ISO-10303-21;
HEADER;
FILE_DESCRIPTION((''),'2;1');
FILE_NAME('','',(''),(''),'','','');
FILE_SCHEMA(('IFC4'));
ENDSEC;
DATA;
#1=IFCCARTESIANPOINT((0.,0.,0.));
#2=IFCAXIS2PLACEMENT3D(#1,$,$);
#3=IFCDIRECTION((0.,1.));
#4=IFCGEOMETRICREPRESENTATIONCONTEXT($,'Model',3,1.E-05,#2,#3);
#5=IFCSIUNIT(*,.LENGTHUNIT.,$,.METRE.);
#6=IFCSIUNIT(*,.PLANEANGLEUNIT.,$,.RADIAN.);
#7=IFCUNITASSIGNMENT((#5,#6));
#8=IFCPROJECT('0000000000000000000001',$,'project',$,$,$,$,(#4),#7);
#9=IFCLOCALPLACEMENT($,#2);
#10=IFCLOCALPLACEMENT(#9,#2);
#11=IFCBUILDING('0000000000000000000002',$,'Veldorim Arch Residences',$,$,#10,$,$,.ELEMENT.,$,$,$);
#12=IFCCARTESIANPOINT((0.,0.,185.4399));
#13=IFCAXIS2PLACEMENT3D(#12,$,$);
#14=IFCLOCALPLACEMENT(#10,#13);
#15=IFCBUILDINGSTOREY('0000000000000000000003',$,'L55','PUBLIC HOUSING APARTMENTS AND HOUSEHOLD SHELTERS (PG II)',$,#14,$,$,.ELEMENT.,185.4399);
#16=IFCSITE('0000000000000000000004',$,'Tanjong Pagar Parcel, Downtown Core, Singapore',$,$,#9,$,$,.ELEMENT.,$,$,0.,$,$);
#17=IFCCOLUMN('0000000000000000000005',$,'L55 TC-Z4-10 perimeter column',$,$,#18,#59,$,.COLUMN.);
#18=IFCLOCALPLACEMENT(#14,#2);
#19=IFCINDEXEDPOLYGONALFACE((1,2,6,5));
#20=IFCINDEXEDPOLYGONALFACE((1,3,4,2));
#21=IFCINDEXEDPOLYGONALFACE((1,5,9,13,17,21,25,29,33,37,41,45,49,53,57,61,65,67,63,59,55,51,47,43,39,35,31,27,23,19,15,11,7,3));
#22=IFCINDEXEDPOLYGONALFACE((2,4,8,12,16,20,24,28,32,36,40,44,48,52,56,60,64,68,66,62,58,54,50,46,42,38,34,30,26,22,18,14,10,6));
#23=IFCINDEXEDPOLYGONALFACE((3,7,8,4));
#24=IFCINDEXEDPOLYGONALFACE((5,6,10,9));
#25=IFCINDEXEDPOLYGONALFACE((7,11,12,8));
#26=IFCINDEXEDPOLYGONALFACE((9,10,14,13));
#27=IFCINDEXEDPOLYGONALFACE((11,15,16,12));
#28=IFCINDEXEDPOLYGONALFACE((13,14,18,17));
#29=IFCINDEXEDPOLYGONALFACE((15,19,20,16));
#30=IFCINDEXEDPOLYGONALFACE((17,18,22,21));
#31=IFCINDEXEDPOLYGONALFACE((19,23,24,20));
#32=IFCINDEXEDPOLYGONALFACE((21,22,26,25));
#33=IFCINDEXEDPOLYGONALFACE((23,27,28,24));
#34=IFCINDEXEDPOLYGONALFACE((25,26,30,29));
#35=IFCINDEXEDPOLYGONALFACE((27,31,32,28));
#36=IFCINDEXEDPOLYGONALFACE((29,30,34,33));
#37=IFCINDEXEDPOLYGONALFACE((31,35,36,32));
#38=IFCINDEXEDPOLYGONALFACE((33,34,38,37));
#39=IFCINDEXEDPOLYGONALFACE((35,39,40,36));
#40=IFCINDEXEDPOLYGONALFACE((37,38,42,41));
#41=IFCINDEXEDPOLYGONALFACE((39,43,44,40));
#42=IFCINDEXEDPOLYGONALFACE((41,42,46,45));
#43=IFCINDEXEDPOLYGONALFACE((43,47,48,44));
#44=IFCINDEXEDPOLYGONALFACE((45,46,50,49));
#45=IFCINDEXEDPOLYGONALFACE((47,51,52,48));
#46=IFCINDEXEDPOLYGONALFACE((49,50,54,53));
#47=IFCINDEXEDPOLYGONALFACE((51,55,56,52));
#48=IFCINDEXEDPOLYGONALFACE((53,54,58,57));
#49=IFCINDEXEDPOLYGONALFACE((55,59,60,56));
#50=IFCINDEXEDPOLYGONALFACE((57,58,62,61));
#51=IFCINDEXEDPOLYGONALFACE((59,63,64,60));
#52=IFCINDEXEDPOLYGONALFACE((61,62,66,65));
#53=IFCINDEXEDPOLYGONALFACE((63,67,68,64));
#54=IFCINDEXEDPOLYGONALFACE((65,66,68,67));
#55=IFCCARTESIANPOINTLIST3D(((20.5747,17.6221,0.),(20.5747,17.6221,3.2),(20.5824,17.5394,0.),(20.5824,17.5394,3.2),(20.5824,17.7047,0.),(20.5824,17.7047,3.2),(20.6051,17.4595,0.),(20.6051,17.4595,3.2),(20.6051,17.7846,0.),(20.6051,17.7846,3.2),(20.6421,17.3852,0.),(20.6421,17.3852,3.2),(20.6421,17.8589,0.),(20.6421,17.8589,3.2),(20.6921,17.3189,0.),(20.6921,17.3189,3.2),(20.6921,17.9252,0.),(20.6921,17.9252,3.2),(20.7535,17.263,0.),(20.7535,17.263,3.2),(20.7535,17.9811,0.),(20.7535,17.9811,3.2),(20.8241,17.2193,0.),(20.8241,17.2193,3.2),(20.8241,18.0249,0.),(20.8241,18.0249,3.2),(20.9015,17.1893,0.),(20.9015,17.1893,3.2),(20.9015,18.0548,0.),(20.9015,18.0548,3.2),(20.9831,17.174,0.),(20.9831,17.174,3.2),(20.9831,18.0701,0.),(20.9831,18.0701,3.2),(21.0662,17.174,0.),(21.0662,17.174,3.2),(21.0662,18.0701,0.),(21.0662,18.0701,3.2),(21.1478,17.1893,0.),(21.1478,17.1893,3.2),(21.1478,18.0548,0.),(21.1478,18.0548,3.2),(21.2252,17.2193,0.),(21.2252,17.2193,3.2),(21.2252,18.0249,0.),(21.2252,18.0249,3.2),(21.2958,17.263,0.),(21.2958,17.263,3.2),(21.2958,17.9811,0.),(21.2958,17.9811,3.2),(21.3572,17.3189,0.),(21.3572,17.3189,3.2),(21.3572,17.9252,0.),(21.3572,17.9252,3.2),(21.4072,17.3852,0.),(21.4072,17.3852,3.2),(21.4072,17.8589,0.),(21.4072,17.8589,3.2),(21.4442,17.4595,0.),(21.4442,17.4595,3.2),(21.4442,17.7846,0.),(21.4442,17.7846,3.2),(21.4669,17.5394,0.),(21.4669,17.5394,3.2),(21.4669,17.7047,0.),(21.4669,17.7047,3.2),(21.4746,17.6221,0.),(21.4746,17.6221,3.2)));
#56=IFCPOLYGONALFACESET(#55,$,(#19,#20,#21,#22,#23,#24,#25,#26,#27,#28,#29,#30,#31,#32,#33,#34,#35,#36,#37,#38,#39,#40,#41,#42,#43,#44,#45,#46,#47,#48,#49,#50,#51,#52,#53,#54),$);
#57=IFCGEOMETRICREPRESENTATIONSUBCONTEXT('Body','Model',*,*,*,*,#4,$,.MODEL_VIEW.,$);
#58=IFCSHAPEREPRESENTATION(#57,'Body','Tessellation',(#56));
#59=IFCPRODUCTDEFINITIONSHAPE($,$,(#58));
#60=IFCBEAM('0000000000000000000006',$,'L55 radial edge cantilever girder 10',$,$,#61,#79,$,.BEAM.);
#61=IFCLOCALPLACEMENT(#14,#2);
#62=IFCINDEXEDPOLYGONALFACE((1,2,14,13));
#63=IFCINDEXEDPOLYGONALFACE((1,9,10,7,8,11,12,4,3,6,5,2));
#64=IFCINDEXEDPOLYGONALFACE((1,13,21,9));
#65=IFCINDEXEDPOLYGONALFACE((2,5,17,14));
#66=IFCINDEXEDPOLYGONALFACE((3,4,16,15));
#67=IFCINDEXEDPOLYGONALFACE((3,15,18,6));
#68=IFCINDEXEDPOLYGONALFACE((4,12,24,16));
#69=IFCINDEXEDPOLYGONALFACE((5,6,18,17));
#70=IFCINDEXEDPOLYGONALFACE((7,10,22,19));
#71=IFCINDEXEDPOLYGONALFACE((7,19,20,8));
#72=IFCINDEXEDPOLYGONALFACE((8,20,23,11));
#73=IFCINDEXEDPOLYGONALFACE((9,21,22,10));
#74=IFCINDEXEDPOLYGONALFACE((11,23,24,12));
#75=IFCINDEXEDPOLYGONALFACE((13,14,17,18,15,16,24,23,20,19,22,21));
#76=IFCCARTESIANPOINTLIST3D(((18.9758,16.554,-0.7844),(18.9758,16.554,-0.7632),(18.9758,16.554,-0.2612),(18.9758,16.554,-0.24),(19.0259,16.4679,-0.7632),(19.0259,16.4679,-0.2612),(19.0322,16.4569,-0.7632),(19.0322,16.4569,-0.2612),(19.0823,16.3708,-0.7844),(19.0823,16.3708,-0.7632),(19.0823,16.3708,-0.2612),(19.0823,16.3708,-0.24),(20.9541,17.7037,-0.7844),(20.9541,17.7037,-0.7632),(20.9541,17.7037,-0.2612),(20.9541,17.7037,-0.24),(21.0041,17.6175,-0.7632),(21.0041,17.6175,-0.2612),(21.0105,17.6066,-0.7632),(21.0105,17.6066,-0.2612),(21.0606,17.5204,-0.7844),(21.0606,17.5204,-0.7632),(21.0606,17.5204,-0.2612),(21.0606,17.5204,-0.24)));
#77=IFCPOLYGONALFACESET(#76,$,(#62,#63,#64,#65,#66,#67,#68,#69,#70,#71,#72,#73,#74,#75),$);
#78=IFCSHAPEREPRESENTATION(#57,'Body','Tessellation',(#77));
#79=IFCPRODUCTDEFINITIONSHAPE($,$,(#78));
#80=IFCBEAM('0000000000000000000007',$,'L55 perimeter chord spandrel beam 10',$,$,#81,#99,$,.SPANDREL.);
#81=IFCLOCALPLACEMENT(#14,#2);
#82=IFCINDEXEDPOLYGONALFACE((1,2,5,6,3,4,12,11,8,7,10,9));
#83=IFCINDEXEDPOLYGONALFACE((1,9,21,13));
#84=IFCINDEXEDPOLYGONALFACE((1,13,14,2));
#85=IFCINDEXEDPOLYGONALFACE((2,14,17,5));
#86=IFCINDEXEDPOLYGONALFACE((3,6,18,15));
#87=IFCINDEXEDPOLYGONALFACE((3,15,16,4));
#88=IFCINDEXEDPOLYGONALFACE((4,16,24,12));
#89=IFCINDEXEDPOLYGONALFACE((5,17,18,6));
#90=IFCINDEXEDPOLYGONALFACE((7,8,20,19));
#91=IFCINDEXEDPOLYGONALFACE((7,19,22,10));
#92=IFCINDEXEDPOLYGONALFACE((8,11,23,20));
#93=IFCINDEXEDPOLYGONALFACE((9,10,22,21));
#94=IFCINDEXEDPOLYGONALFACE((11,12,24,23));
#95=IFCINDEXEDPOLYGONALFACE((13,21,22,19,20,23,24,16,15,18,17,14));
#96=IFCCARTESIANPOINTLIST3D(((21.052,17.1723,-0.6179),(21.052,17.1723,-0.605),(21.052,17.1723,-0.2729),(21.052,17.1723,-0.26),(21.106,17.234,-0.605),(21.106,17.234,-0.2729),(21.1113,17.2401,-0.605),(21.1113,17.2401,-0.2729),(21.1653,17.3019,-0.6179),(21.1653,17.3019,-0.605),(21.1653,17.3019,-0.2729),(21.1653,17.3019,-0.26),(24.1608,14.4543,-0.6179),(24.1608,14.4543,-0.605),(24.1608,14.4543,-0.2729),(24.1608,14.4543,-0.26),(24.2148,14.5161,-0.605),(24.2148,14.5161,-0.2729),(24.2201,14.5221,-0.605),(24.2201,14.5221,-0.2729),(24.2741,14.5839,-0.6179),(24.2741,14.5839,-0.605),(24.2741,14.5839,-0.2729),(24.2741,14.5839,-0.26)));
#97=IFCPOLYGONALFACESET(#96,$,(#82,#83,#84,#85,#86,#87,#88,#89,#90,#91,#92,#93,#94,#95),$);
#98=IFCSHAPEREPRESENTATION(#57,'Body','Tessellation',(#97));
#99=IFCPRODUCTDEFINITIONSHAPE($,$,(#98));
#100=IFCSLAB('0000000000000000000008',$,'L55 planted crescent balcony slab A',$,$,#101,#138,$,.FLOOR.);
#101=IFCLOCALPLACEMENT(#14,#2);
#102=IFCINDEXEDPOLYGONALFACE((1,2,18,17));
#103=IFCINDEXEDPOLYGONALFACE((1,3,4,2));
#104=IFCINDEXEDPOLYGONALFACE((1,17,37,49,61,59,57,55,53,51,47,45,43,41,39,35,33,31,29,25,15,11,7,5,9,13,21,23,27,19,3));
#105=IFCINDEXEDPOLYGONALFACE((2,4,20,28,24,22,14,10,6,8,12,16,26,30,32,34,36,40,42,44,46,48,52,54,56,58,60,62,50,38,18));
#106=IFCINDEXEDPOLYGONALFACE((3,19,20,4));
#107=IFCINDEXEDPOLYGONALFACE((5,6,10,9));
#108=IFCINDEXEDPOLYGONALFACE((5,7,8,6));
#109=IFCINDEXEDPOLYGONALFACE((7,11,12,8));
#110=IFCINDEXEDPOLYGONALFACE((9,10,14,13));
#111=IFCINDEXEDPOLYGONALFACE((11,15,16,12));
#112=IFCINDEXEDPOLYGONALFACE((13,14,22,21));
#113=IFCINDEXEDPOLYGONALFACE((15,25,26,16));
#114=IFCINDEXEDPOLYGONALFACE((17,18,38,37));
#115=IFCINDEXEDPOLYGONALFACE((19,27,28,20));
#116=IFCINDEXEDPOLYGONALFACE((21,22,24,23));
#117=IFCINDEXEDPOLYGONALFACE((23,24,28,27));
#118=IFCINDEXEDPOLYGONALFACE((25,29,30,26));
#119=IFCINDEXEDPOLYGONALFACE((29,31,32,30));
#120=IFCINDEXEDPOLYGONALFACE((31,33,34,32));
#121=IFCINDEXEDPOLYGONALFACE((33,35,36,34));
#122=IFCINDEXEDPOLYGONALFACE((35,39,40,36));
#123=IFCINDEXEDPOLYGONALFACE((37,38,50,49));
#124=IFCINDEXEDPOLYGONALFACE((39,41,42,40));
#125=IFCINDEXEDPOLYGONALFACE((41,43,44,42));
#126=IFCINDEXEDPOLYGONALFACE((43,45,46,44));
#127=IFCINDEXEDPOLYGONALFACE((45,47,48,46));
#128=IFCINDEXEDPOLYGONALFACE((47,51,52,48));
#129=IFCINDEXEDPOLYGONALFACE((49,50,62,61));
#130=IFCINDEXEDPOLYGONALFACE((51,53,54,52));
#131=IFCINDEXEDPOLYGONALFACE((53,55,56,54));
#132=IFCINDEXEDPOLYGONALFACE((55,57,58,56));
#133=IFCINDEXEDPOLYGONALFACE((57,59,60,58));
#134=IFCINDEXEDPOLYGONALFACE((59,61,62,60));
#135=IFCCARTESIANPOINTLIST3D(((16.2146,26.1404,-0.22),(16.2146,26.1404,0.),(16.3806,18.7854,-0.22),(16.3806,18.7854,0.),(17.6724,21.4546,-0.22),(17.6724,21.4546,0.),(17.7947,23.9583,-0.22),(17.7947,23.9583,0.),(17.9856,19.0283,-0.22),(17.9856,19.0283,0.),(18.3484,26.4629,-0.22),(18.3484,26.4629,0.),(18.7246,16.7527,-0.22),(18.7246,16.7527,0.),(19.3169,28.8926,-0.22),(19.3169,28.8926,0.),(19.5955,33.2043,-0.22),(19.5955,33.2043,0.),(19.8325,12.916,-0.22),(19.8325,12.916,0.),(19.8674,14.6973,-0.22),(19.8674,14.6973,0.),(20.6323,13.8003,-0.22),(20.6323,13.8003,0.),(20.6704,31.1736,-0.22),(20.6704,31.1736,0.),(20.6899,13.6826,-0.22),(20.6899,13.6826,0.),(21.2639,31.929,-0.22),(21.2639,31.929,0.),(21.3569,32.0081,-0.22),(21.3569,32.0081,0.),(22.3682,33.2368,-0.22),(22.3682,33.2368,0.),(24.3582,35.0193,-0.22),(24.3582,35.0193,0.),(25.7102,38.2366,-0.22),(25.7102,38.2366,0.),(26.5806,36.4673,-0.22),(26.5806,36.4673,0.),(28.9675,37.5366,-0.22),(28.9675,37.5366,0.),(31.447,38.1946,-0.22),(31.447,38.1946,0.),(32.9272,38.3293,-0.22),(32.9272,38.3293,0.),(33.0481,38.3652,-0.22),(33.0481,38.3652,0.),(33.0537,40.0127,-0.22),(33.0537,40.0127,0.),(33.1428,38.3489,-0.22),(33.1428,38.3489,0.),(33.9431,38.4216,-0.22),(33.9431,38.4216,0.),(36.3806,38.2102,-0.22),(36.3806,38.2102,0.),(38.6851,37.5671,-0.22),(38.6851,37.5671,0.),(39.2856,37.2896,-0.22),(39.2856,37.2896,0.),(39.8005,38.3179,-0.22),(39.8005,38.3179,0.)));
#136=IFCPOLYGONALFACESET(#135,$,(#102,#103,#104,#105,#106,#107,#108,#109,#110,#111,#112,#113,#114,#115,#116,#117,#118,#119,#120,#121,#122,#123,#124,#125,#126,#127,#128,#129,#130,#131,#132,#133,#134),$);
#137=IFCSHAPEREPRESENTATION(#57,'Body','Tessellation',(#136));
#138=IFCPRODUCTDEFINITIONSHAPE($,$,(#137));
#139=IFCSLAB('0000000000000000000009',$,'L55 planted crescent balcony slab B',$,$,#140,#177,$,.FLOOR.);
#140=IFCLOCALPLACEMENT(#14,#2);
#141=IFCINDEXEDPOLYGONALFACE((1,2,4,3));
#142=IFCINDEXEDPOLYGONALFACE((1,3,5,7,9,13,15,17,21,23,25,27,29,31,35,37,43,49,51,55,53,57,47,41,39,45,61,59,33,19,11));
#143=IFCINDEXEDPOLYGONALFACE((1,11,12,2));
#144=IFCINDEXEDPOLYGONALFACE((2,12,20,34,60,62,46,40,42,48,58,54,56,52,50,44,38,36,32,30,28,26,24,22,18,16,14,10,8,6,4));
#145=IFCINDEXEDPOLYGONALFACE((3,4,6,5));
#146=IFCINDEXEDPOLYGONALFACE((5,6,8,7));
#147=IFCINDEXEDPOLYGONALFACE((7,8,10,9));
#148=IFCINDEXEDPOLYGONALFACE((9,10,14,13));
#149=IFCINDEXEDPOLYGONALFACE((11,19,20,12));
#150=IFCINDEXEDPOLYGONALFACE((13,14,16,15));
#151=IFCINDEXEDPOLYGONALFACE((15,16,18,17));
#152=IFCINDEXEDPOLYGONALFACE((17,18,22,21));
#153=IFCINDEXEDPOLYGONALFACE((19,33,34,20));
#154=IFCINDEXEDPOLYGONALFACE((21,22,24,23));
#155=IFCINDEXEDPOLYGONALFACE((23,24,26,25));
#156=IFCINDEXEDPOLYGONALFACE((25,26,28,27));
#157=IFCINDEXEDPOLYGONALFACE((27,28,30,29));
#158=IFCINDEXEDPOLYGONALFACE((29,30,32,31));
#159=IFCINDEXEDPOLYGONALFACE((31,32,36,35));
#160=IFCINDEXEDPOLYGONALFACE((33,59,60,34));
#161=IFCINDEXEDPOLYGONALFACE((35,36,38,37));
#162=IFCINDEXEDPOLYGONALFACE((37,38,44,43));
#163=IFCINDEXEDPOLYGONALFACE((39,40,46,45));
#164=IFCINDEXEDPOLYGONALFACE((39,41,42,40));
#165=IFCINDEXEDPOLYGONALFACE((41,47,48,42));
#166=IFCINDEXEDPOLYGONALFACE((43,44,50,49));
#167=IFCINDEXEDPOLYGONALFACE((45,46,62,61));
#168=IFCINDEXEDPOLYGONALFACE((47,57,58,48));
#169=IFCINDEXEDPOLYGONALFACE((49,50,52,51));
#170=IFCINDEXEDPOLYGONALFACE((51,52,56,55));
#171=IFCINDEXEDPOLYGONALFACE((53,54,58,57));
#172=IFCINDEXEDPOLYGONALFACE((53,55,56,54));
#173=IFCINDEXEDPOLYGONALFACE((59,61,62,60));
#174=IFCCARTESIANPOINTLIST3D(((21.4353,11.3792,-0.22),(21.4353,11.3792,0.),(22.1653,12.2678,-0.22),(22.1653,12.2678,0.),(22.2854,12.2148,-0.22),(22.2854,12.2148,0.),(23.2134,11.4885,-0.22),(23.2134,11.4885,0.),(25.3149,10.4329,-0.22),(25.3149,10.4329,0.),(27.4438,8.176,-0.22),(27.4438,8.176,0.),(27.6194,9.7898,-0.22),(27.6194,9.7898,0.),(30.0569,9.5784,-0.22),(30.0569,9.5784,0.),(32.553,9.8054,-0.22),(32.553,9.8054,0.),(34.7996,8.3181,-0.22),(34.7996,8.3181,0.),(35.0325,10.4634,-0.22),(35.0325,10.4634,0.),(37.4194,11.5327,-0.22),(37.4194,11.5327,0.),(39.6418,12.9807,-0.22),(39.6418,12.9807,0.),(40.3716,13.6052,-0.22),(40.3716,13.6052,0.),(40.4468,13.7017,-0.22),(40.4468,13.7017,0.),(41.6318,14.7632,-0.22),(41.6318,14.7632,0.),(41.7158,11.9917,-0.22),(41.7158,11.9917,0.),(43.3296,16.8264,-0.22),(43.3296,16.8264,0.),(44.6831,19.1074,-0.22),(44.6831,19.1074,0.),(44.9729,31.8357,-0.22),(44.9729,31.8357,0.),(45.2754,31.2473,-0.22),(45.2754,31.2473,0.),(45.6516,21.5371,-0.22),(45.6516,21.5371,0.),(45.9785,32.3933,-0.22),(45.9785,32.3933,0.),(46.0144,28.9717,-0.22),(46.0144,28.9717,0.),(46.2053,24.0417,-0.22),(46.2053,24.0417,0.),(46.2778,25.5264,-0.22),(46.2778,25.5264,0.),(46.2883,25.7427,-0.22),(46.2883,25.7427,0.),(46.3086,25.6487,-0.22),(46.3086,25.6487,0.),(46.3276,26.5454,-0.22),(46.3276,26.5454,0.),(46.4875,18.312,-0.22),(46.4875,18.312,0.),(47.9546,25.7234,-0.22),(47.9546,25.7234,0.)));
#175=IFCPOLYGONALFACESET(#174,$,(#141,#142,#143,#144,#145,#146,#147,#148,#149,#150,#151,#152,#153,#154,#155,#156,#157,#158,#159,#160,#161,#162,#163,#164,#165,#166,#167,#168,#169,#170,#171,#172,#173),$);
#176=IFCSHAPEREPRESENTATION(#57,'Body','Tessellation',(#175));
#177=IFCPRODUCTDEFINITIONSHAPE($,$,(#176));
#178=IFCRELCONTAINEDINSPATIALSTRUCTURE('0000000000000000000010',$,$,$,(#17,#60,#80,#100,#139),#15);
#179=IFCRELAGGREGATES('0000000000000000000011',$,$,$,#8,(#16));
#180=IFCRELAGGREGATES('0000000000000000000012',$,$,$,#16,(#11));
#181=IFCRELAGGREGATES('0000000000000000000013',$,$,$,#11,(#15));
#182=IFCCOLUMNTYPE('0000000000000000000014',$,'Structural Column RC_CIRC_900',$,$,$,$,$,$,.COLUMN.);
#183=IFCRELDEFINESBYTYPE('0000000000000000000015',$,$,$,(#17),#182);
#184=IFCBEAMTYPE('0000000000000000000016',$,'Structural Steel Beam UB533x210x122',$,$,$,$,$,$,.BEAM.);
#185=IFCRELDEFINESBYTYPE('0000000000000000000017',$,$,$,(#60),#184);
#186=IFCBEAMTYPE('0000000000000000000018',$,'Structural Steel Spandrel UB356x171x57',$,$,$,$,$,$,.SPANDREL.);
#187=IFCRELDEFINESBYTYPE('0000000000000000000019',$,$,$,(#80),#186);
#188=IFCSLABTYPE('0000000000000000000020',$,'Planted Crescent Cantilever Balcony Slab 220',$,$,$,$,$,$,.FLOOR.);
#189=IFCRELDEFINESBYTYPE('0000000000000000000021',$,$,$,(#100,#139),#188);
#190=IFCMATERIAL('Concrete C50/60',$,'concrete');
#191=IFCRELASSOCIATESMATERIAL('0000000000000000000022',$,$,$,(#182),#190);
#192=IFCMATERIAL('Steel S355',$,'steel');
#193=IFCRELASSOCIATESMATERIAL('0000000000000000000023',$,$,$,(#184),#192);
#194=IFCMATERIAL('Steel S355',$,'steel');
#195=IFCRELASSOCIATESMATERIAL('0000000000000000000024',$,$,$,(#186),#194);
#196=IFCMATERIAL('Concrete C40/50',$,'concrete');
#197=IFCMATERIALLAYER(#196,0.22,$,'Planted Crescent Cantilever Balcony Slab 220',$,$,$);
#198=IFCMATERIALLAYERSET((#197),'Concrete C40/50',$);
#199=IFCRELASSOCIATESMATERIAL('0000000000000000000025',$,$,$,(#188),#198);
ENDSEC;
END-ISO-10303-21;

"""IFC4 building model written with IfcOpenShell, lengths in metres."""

from ifc_helpers import new_model, si_unit, direction, frame, origin, origin_2d, place, context, subcontext, project, spatial, polyline, circle, i_section, outline, extrude, material, layer, layer_set, material_profile, profile_set, type_object, element, save


model = new_model("IFC4")

# Units and contexts
model_context = context("Model", 3, precision=1e-05, world=origin(), true_north=direction((0.0, 1.0)))
body_context = subcontext(model_context, "Body", "Model", "MODEL_VIEW")
ifc_project = project(units=[si_unit("LENGTHUNIT", "METRE"), si_unit("PLANEANGLEUNIT", "RADIAN")], contexts=[model_context])

# Site, building, storey
site_placement = place(None, origin())
site = spatial("IfcSite", under=ifc_project, at=site_placement, Name="Tanjong Pagar Parcel, Downtown Core, Singapore", CompositionType="ELEMENT", RefElevation=0.0)
building_placement = place(site_placement, origin())
building = spatial("IfcBuilding", under=site, at=building_placement, Name="Veldorim Arch Residences", CompositionType="ELEMENT")
storey_placement = place(building_placement, frame((0.0, 0.0, 185.4399)))
storey = spatial("IfcBuildingStorey", under=building, at=storey_placement, Name="L55", Description="PUBLIC HOUSING APARTMENTS AND HOUSEHOLD SHELTERS (PG II)", CompositionType="ELEMENT", Elevation=185.4399)

# Column
ifc_material_1 = material(Name="Concrete C50/60", Category="concrete")
ifc_material_profile_1 = material_profile(ifc_material_1, circle(Radius=0.45, at=origin_2d()), Name="RC_CIRC_900")
ifc_profile_set_1 = profile_set([ifc_material_profile_1], Name="Concrete C50/60")
column_type = type_object("IfcColumnType", Name="Structural Column RC_CIRC_900", PredefinedType="COLUMN", material=ifc_profile_set_1)
column_placement = place(storey_placement, frame((21.0247, 17.6221, 0.0), z_axis=(0.0, 0.0, 1.0), x_axis=(1.0, 0.0, 0.0)))
element("IfcColumn", 1, at=column_placement, inside=storey, type_object=column_type, Name="L55 TC-Z4-10 perimeter column", PredefinedType="COLUMN", context=body_context, shape_type="SweptSolid", body=[
    extrude(circle(Radius=0.45, at=origin_2d()), origin(), (0.0, 0.0, 1.0), 3.2),
])

# Beams
ifc_material_2 = material(Name="Steel S355", Category="steel")
ifc_material_profile_2 = material_profile(ifc_material_2, i_section(OverallWidth=0.2119, OverallDepth=0.5444, WebThickness=0.0127, FlangeThickness=0.0212, at=origin_2d()), Name="UB533x210x122")
ifc_profile_set_2 = profile_set([ifc_material_profile_2], Name="Steel S355")
beam_type_1 = type_object("IfcBeamType", Name="Structural Steel Beam UB533x210x122", PredefinedType="BEAM", material=ifc_profile_set_2)
beam_1_placement = place(storey_placement, frame((21.0073, 17.6121, -0.5122), z_axis=(-0.864602, -0.502457, 0.0), x_axis=(0.502457, -0.864602, 0.0)))
element("IfcBeam", 2, at=beam_1_placement, inside=storey, type_object=beam_type_1, Name="L55 radial edge cantilever girder 10", PredefinedType="BEAM", context=body_context, shape_type="SweptSolid", body=[
    extrude(i_section(OverallWidth=0.2119, OverallDepth=0.5444, WebThickness=0.0127, FlangeThickness=0.0212, at=origin_2d()), origin(), (0.0, 0.0, 1.0), 2.2881),
])
ifc_material_3 = material(Name="Steel S355", Category="steel")
ifc_material_profile_3 = material_profile(ifc_material_3, i_section(OverallWidth=0.1721, OverallDepth=0.3579, WebThickness=0.0081, FlangeThickness=0.0129, at=origin_2d()), Name="UB356x171x57")
ifc_profile_set_3 = profile_set([ifc_material_profile_3], Name="Steel S355")
beam_type_2 = type_object("IfcBeamType", Name="Structural Steel Spandrel UB356x171x57", PredefinedType="SPANDREL", material=ifc_profile_set_3)
beam_2_placement = place(storey_placement, frame((21.1086, 17.2371, -0.439), z_axis=(0.752848, -0.658195, 0.0), x_axis=(0.658195, 0.752848, 0.0)))
element("IfcBeam", 3, at=beam_2_placement, inside=storey, type_object=beam_type_2, Name="L55 perimeter chord spandrel beam 10", PredefinedType="SPANDREL", context=body_context, shape_type="SweptSolid", body=[
    extrude(i_section(OverallWidth=0.1721, OverallDepth=0.3579, WebThickness=0.0081, FlangeThickness=0.0129, at=origin_2d()), origin(), (0.0, 0.0, 1.0), 4.1294),
])

# Slabs
ifc_material_4 = material(Name="Concrete C40/50", Category="concrete")
ifc_layer_1 = layer(ifc_material_4, 0.22, Name="Planted Crescent Cantilever Balcony Slab 220")
ifc_layer_set_1 = layer_set([ifc_layer_1], Name="Concrete C40/50")
slab_type_1 = type_object("IfcSlabType", Name="Planted Crescent Cantilever Balcony Slab 220", PredefinedType="FLOOR", material=ifc_layer_set_1)
slab_1_placement = place(storey_placement, frame((0.0, 0.0, -0.22)))
element("IfcSlab", 4, at=slab_1_placement, inside=storey, type_object=slab_type_1, Name="L55 planted crescent balcony slab A", PredefinedType="FLOOR", context=body_context, shape_type="SweptSolid", body=[
    extrude(outline(polyline([(39.2856, 37.2896), (38.6851, 37.5671), (36.3806, 38.2102), (33.9431, 38.4216), (33.1428, 38.3489), (33.0481, 38.3652), (32.9272, 38.3293), (31.447, 38.1946), (28.9675, 37.5366), (26.5806, 36.4673), (24.3582, 35.0193), (22.3682, 33.2368), (21.3569, 32.0081), (21.2639, 31.929), (20.6704, 31.1736), (19.3169, 28.8926), (18.3484, 26.4629), (17.7947, 23.9583), (17.6724, 21.4546), (17.9856, 19.0283), (18.7246, 16.7527), (19.8674, 14.6973), (20.6323, 13.8003), (20.6899, 13.6826), (19.8325, 12.916), (16.3806, 18.7854), (16.2146, 26.1404), (19.5955, 33.2043), (25.7102, 38.2366), (33.0537, 40.0127), (39.8005, 38.3179), (39.2856, 37.2896)])), origin(), (0.0, 0.0, 1.0), 0.22),
])
slab_2_placement = place(storey_placement, frame((0.0, 0.0, -0.22)))
element("IfcSlab", 5, at=slab_2_placement, inside=storey, type_object=slab_type_1, Name="L55 planted crescent balcony slab B", PredefinedType="FLOOR", context=body_context, shape_type="SweptSolid", body=[
    extrude(outline(polyline([(22.2854, 12.2148), (23.2134, 11.4885), (25.3149, 10.4329), (27.6194, 9.7898), (30.0569, 9.5784), (32.553, 9.8054), (35.0325, 10.4634), (37.4194, 11.5327), (39.6418, 12.9807), (40.3716, 13.6052), (40.4468, 13.7017), (41.6318, 14.7632), (43.3296, 16.8264), (44.6831, 19.1074), (45.6516, 21.5371), (46.2053, 24.0417), (46.2778, 25.5264), (46.3086, 25.6487), (46.2883, 25.7427), (46.3276, 26.5454), (46.0144, 28.9717), (45.2754, 31.2473), (44.9729, 31.8357), (45.9785, 32.3933), (47.9546, 25.7234), (46.4875, 18.312), (41.7158, 11.9917), (34.7996, 8.3181), (27.4438, 8.176), (21.4353, 11.3792), (22.1653, 12.2678), (22.2854, 12.2148)])), origin(), (0.0, 0.0, 1.0), 0.22),
])

save(model, "model.ifc")
